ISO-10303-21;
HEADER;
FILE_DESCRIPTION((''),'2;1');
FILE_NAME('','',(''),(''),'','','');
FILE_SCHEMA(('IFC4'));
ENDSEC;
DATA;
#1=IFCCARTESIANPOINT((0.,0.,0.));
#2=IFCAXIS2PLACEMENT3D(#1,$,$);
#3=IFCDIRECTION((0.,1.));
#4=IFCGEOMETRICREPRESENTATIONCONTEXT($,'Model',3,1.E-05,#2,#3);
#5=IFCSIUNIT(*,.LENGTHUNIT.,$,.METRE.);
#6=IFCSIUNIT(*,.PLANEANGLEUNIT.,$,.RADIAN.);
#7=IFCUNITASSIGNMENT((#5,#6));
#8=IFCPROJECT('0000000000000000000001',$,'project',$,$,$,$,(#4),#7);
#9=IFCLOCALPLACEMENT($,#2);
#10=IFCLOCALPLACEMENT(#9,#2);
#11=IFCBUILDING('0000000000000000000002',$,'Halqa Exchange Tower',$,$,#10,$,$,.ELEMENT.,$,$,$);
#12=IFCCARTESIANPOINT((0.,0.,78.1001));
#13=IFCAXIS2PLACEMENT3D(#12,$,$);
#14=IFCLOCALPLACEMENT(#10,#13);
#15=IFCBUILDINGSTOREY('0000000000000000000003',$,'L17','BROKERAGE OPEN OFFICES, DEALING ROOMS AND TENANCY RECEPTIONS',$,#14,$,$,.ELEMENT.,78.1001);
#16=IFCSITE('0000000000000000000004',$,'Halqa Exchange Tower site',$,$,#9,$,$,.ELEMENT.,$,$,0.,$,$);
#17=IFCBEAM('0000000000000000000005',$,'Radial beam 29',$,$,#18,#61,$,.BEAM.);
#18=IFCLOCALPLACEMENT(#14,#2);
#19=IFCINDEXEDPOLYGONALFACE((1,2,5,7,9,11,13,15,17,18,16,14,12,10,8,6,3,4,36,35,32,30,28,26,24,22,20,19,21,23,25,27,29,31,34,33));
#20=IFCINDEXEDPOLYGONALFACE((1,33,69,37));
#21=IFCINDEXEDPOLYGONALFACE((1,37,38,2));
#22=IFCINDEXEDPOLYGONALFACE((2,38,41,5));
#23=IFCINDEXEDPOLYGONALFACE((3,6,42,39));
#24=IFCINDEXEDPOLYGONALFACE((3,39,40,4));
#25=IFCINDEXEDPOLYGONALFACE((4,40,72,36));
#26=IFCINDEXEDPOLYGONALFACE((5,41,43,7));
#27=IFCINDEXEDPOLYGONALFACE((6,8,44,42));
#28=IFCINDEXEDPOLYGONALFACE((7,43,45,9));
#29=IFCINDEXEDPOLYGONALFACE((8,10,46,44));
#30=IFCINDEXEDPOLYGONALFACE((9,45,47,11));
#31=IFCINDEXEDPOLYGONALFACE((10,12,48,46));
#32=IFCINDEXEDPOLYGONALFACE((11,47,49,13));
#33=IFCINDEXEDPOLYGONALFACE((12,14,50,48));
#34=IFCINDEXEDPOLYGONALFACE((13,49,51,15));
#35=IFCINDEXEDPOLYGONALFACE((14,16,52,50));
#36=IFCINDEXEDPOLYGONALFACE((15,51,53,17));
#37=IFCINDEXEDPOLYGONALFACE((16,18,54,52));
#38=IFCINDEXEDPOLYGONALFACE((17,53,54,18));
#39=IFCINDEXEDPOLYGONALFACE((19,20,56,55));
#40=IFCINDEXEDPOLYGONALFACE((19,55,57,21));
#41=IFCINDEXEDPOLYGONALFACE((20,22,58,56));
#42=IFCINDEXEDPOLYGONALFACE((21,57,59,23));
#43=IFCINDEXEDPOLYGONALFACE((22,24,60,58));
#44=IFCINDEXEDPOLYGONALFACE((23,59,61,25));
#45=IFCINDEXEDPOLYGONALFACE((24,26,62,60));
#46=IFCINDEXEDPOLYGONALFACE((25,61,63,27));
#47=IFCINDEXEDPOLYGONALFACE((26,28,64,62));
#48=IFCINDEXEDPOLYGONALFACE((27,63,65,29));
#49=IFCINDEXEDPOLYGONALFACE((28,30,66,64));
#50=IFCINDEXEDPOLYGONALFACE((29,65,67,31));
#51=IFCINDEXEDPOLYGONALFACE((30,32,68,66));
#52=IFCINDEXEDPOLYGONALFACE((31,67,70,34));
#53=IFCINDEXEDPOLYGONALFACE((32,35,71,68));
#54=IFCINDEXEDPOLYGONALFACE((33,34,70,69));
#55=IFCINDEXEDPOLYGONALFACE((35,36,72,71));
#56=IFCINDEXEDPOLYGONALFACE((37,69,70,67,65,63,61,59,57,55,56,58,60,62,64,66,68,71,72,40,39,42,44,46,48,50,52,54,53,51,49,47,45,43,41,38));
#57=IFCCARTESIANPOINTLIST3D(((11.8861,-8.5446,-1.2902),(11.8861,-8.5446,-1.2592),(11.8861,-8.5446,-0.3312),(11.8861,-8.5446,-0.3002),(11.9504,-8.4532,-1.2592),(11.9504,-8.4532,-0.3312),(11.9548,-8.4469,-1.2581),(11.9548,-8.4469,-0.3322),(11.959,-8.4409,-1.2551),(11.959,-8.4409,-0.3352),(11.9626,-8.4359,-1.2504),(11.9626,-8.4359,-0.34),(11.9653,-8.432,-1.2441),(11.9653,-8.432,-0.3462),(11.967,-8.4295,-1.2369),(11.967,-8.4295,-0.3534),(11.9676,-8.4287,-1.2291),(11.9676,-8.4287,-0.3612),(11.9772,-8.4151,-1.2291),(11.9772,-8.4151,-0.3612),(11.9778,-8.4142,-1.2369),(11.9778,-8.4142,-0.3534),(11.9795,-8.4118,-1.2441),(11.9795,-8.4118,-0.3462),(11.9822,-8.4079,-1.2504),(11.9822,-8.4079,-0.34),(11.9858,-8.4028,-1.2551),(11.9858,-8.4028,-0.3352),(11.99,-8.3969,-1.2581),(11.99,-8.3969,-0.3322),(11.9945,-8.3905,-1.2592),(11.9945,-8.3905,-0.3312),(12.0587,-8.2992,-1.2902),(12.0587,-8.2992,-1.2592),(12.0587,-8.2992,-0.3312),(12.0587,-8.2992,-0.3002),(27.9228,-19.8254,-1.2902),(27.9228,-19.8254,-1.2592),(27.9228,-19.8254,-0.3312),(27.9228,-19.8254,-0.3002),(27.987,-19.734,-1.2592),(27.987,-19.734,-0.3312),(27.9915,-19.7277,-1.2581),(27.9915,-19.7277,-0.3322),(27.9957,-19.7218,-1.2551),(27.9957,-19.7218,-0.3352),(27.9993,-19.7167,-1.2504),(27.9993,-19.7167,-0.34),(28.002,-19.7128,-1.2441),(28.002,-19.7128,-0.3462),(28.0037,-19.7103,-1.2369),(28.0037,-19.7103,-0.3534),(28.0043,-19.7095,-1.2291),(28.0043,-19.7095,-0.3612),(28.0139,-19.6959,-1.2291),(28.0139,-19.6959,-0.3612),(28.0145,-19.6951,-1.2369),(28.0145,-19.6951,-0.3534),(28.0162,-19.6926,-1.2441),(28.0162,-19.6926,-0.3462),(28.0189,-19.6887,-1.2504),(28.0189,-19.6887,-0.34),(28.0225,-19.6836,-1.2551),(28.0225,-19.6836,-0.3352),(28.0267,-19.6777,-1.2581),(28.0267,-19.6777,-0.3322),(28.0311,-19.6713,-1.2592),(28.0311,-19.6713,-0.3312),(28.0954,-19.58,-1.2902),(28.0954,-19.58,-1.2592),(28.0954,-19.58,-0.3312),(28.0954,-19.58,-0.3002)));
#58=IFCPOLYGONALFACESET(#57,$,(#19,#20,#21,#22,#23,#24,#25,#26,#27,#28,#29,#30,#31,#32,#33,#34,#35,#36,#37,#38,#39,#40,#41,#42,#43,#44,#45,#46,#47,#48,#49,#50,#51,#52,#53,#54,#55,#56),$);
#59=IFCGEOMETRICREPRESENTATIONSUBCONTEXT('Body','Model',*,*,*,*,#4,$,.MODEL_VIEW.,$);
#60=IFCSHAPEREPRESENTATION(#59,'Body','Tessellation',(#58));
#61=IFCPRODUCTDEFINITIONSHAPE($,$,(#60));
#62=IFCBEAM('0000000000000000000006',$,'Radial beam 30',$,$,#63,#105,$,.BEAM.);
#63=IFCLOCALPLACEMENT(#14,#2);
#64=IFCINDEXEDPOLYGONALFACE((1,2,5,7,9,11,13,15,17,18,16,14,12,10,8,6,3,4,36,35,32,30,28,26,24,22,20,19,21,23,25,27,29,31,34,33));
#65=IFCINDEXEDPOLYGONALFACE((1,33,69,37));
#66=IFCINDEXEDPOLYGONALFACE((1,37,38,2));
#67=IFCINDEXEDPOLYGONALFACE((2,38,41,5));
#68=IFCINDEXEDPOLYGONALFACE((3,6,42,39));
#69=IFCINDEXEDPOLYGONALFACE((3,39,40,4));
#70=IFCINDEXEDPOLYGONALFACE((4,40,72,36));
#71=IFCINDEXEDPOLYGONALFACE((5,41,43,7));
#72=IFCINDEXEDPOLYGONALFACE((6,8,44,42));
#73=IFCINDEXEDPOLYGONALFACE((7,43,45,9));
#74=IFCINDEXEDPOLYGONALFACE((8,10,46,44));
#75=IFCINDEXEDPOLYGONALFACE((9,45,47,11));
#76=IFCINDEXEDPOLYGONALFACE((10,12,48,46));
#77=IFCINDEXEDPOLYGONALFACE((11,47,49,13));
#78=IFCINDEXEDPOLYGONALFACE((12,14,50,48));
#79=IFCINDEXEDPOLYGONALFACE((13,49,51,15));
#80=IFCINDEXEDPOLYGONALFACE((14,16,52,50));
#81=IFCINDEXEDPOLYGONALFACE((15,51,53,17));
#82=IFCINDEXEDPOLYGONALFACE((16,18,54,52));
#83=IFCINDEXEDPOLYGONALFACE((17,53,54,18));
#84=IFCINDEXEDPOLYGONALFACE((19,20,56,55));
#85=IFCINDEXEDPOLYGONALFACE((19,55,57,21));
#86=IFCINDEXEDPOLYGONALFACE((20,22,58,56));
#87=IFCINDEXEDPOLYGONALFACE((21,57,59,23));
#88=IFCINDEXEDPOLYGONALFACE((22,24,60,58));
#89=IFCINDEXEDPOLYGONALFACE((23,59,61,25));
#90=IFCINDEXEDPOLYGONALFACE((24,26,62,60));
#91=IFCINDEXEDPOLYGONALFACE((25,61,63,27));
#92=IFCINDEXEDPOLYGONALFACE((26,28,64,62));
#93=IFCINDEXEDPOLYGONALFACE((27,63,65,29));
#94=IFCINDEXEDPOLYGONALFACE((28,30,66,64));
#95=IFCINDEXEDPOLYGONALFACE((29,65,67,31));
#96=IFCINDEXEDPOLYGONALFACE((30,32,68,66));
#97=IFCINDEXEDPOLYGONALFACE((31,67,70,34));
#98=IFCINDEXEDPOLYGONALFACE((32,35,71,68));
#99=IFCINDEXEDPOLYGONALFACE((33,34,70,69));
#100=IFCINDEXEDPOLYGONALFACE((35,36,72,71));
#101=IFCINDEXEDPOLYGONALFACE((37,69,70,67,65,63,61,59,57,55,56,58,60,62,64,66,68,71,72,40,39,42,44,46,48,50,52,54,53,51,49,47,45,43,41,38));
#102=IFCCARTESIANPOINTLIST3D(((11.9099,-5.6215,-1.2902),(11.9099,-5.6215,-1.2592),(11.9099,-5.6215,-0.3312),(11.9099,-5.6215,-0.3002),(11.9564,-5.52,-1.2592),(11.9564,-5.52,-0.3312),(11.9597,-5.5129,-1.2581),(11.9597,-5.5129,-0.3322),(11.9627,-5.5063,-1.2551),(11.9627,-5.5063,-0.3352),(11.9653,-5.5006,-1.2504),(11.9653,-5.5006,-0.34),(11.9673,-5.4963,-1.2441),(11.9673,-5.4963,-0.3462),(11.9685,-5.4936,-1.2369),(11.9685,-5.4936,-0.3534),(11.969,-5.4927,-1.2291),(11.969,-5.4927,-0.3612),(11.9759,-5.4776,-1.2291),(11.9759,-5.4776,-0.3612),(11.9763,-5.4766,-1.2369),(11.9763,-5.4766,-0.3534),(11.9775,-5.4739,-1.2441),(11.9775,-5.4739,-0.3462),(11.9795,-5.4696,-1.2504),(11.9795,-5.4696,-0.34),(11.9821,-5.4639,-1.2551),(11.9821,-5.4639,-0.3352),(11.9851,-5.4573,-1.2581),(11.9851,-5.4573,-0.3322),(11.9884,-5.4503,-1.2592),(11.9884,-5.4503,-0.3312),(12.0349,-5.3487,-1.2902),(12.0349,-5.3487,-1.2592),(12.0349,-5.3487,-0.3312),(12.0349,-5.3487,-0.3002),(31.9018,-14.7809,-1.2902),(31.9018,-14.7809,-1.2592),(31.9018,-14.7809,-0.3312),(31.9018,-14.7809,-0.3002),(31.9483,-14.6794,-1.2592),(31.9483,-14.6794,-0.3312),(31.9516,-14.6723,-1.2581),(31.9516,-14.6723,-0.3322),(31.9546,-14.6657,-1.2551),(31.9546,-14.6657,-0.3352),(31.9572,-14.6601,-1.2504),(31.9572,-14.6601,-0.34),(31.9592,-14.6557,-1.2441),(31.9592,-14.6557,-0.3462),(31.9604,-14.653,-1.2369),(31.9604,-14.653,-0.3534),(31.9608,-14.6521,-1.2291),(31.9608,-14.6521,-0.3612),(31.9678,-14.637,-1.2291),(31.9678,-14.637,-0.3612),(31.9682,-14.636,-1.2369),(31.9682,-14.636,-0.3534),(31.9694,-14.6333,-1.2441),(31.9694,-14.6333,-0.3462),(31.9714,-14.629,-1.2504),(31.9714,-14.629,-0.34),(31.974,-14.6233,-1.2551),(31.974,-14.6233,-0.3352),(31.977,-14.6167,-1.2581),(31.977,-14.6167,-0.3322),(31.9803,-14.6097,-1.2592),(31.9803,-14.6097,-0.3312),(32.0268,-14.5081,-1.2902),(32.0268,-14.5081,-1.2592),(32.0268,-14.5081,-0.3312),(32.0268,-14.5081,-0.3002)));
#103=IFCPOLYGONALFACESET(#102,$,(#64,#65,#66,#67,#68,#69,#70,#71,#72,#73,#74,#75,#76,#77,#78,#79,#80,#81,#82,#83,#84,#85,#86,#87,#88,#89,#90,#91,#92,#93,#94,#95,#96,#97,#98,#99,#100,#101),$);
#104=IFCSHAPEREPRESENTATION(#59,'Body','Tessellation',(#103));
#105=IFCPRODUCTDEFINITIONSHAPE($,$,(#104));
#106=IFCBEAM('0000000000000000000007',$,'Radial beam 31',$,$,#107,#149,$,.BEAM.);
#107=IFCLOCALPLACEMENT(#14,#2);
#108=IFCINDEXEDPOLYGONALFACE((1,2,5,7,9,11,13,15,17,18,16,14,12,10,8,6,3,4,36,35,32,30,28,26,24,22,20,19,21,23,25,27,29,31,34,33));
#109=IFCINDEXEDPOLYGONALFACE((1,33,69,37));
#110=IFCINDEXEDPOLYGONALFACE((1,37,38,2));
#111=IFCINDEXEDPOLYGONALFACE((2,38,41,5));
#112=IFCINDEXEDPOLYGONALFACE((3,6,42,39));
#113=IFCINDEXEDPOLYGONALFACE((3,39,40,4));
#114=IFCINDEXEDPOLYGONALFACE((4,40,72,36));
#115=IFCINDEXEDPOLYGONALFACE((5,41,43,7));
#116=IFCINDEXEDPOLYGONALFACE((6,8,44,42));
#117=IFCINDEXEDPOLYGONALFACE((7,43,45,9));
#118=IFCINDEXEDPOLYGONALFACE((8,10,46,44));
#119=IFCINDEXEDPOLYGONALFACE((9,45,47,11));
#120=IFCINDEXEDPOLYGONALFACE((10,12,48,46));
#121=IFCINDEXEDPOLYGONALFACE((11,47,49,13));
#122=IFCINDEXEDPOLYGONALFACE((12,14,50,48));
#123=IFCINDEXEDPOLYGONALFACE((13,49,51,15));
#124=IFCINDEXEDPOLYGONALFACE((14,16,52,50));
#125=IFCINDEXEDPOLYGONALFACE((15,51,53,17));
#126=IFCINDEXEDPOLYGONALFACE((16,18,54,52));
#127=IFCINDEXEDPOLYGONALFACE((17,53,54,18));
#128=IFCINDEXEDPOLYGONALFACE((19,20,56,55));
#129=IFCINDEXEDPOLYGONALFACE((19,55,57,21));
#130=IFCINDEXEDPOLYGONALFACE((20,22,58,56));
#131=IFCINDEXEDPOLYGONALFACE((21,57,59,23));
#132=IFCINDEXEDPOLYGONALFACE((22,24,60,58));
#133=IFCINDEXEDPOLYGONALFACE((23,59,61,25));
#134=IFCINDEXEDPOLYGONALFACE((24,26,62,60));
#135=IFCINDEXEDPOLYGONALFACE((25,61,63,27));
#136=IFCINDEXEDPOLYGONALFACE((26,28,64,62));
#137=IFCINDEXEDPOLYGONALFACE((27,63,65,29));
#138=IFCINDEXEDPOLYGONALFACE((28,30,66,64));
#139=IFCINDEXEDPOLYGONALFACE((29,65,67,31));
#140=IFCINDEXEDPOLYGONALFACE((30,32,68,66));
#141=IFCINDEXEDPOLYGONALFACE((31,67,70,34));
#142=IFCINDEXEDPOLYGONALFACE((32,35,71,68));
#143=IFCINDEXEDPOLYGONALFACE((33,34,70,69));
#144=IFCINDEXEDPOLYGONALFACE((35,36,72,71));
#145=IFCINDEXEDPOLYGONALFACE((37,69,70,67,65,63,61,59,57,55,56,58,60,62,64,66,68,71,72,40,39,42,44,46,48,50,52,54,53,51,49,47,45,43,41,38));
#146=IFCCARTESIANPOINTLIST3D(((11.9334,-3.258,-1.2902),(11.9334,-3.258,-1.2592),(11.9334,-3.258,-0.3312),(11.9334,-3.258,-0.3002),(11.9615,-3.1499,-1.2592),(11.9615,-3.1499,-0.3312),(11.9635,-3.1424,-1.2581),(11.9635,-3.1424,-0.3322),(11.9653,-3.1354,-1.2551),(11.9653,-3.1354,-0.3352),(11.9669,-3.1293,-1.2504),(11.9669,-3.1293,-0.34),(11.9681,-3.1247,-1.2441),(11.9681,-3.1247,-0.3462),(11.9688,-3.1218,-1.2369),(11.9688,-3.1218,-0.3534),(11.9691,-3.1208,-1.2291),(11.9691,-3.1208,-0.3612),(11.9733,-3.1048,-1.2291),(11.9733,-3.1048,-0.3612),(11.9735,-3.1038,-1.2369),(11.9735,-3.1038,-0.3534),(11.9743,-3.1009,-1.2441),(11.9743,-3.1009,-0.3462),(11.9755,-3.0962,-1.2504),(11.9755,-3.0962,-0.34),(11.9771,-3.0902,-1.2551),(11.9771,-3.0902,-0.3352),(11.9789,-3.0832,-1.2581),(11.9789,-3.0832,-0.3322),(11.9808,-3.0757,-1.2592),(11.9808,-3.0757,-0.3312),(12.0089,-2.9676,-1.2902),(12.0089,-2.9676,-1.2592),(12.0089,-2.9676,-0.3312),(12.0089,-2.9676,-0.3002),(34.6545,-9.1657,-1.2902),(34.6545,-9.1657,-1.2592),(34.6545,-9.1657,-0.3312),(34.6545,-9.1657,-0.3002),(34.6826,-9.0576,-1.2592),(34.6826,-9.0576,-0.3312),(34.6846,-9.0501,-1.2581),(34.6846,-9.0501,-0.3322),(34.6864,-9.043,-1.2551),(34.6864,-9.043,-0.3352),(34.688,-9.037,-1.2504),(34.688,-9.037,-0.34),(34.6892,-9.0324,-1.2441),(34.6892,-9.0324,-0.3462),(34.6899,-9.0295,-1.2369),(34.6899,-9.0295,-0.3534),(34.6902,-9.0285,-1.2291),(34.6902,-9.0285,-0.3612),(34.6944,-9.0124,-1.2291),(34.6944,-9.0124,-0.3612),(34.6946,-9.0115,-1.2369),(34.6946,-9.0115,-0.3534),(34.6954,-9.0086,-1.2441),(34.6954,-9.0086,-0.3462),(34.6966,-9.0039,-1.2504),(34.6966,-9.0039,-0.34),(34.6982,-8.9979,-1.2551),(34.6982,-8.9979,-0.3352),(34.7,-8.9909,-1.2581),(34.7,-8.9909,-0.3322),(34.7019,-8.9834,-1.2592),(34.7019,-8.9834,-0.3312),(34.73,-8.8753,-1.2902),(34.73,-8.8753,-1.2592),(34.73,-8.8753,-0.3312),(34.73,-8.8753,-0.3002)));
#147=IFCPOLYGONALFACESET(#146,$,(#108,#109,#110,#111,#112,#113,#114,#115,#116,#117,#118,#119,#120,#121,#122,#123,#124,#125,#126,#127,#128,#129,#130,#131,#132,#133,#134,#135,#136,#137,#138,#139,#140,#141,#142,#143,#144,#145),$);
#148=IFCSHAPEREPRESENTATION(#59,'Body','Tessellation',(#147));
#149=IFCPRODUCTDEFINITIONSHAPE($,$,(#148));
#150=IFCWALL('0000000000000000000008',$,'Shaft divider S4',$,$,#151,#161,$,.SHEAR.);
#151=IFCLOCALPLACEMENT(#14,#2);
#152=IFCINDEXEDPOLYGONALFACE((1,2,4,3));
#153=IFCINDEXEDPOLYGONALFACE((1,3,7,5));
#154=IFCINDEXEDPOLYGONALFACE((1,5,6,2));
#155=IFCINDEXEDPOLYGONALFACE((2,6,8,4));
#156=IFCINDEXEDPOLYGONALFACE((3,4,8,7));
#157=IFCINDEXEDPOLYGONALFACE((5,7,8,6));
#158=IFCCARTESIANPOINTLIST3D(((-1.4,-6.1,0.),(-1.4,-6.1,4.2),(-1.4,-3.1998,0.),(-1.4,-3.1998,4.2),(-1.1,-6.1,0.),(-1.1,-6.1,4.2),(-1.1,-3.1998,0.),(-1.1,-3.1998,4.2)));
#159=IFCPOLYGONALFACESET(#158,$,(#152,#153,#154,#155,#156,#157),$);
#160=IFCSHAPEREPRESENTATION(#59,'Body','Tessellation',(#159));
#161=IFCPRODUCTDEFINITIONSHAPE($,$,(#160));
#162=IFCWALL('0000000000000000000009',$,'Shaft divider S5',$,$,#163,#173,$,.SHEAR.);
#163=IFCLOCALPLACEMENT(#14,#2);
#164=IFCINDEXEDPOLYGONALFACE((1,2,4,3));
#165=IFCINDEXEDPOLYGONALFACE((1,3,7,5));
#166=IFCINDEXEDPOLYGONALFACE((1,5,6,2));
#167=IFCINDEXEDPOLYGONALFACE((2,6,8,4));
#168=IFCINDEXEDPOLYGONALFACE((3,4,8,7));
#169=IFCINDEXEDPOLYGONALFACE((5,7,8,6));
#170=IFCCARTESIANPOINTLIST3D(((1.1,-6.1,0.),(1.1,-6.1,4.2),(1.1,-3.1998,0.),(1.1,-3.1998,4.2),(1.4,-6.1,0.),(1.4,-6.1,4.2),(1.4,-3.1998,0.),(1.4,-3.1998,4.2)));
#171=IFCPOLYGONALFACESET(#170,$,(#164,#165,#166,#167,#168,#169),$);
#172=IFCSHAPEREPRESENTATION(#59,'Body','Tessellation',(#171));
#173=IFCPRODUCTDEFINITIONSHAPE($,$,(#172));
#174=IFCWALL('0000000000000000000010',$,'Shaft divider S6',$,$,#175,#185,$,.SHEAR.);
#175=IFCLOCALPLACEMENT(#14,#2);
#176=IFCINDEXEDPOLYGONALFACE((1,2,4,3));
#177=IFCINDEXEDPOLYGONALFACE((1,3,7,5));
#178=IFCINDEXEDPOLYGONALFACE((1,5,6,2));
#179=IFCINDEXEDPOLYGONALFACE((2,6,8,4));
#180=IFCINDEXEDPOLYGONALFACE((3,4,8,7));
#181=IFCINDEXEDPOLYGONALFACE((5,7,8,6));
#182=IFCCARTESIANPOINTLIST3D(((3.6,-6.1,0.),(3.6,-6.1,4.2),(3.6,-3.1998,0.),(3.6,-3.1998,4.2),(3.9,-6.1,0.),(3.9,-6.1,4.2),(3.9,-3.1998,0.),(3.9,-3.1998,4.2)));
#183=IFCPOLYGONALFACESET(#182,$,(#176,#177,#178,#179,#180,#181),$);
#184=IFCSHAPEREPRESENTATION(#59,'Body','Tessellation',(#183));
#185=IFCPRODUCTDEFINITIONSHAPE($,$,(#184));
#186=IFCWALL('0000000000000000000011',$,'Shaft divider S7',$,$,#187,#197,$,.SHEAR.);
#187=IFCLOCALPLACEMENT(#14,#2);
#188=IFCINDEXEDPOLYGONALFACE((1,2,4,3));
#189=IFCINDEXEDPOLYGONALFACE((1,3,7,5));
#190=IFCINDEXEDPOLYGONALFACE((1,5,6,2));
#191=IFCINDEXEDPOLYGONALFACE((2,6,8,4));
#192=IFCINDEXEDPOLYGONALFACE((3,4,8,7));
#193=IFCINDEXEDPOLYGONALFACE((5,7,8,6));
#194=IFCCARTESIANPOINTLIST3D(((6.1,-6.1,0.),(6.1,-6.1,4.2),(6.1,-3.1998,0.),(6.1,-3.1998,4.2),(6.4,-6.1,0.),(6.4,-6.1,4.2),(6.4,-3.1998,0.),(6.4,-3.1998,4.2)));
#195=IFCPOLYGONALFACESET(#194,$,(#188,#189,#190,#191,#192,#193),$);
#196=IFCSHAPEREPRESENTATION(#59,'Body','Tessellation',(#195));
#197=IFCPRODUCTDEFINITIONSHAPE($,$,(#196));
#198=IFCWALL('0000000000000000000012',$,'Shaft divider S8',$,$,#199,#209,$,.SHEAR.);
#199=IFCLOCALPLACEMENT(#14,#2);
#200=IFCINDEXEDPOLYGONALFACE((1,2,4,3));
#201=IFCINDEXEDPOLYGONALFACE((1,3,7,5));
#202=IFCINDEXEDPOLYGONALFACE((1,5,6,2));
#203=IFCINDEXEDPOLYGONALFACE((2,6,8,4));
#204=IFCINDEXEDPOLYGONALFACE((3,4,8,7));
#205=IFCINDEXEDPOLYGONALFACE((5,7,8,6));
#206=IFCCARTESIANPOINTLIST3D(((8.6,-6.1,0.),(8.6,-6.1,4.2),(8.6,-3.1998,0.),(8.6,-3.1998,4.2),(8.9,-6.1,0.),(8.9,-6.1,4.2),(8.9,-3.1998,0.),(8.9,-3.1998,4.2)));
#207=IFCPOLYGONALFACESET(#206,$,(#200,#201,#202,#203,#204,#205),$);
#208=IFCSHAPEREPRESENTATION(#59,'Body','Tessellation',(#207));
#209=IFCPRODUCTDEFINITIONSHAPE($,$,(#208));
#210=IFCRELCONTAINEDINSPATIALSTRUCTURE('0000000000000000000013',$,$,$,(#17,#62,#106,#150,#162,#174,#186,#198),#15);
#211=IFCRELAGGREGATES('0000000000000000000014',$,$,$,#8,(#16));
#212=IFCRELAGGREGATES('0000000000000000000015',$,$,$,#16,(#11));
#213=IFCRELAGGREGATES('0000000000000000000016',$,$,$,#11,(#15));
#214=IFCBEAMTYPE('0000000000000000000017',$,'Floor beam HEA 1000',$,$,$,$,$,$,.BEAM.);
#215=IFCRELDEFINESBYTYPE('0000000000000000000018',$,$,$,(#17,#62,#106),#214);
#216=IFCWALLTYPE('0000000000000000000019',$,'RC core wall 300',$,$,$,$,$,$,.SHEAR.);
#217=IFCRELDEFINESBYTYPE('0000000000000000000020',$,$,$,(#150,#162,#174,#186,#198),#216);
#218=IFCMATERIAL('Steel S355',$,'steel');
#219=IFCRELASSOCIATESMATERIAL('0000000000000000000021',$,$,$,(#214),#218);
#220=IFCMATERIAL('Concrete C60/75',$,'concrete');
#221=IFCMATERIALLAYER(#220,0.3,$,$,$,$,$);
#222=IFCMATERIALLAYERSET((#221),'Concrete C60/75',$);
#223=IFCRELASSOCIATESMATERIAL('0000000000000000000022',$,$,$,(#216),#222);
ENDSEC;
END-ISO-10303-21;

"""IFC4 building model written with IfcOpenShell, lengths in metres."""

from ifc_helpers import new_model, si_unit, direction, frame, frame_2d, origin, origin_2d, place, context, subcontext, project, spatial, rectangle, i_section, extrude, material, layer, layer_set, material_profile, profile_set, type_object, element, save


model = new_model("IFC4")

# Units and contexts
model_context = context("Model", 3, precision=1e-05, world=origin(), true_north=direction((0.0, 1.0)))
body_context = subcontext(model_context, "Body", "Model", "MODEL_VIEW")
ifc_project = project(units=[si_unit("LENGTHUNIT", "METRE"), si_unit("PLANEANGLEUNIT", "RADIAN")], contexts=[model_context])

# Site, building, storey
site_placement = place(None, origin())
site = spatial("IfcSite", under=ifc_project, at=site_placement, Name="Halqa Exchange Tower site", CompositionType="ELEMENT", RefElevation=0.0)
building_placement = place(site_placement, origin())
building = spatial("IfcBuilding", under=site, at=building_placement, Name="Halqa Exchange Tower", CompositionType="ELEMENT")
storey_placement = place(building_placement, frame((0.0, 0.0, 78.1001)))
storey = spatial("IfcBuildingStorey", under=building, at=storey_placement, Name="L17", Description="BROKERAGE OPEN OFFICES, DEALING ROOMS AND TENANCY RECEPTIONS", CompositionType="ELEMENT", Elevation=78.1001)

# Beams
ifc_material_1 = material(Name="Steel S355", Category="steel")
ifc_material_profile = material_profile(ifc_material_1, i_section(OverallWidth=0.3, OverallDepth=0.99, WebThickness=0.0166, FlangeThickness=0.031, FilletRadius=0.03, at=origin_2d()), Name="HEA 1000")
ifc_profile_set = profile_set([ifc_material_profile], Name="Steel S355")
beam_type = type_object("IfcBeamType", Name="Floor beam HEA 1000", PredefinedType="BEAM", material=ifc_profile_set)
beam_1_placement = place(storey_placement, frame((11.9724, -8.4219, -0.7952), z_axis=(0.817909, -0.575348, 0.0), x_axis=(0.575348, 0.817909, 0.0)))
element("IfcBeam", 1, at=beam_1_placement, inside=storey, type_object=beam_type, Name="Radial beam 29", PredefinedType="BEAM", context=body_context, shape_type="SweptSolid", body=[
    extrude(i_section(OverallWidth=0.3, OverallDepth=0.99, WebThickness=0.0166, FlangeThickness=0.031, FilletRadius=0.03, at=origin_2d()), origin(), (0.0, 0.0, 1.0), 19.6069),
])
beam_2_placement = place(storey_placement, frame((11.9724, -5.4851, -0.7952), z_axis=(0.909126, -0.416521, 0.0), x_axis=(0.416521, 0.909126, 0.0)))
element("IfcBeam", 2, at=beam_2_placement, inside=storey, type_object=beam_type, Name="Radial beam 30", PredefinedType="BEAM", context=body_context, shape_type="SweptSolid", body=[
    extrude(i_section(OverallWidth=0.3, OverallDepth=0.99, WebThickness=0.0166, FlangeThickness=0.031, FilletRadius=0.03, at=origin_2d()), origin(), (0.0, 0.0, 1.0), 21.9902),
])
beam_3_placement = place(storey_placement, frame((11.9712, -3.1128, -0.7952), z_axis=(0.96782, -0.251642, 0.0), x_axis=(0.251642, 0.96782, 0.0)))
element("IfcBeam", 3, at=beam_3_placement, inside=storey, type_object=beam_type, Name="Radial beam 31", PredefinedType="BEAM", context=body_context, shape_type="SweptSolid", body=[
    extrude(i_section(OverallWidth=0.3, OverallDepth=0.99, WebThickness=0.0166, FlangeThickness=0.031, FilletRadius=0.03, at=origin_2d()), origin(), (0.0, 0.0, 1.0), 23.4766),
])

# Walls
ifc_material_2 = material(Name="Concrete C60/75", Category="concrete")
ifc_layer_1 = layer(ifc_material_2, 0.3)
ifc_layer_set_1 = layer_set([ifc_layer_1], Name="Concrete C60/75")
wall_type_1 = type_object("IfcWallType", Name="RC core wall 300", PredefinedType="SHEAR", material=ifc_layer_set_1)
for number, where, z_axis, x_axis, name in (
    (4, (-1.25, -6.1001, 0.0), (0.0, 0.0, 1.0), (0.0, 1.0, 0.0), "Shaft divider S4"),
    (5, (1.25, -6.1001, 0.0), (0.0, 0.0, 1.0), (0.0, 1.0, 0.0), "Shaft divider S5"),
    (6, (3.75, -6.1001, 0.0), (0.0, 0.0, 1.0), (0.0, 1.0, 0.0), "Shaft divider S6"),
    (7, (6.25, -6.1001, 0.0), (0.0, 0.0, 1.0), (0.0, 1.0, 0.0), "Shaft divider S7"),
    (8, (8.75, -6.1001, 0.0), (0.0, 0.0, 1.0), (0.0, 1.0, 0.0), "Shaft divider S8"),
):
    element("IfcWall", number, at=place(storey_placement, frame(where, z_axis=z_axis, x_axis=x_axis)), inside=storey, type_object=wall_type_1, Name=name, PredefinedType="SHEAR", context=body_context, shape_type="SweptSolid", body=[
        extrude(rectangle(XDim=2.9001, YDim=0.3, at=frame_2d((1.4502, 0.0))), origin(), (0.0, 0.0, 1.0), 4.2),
    ])

save(model, "model.ifc")
